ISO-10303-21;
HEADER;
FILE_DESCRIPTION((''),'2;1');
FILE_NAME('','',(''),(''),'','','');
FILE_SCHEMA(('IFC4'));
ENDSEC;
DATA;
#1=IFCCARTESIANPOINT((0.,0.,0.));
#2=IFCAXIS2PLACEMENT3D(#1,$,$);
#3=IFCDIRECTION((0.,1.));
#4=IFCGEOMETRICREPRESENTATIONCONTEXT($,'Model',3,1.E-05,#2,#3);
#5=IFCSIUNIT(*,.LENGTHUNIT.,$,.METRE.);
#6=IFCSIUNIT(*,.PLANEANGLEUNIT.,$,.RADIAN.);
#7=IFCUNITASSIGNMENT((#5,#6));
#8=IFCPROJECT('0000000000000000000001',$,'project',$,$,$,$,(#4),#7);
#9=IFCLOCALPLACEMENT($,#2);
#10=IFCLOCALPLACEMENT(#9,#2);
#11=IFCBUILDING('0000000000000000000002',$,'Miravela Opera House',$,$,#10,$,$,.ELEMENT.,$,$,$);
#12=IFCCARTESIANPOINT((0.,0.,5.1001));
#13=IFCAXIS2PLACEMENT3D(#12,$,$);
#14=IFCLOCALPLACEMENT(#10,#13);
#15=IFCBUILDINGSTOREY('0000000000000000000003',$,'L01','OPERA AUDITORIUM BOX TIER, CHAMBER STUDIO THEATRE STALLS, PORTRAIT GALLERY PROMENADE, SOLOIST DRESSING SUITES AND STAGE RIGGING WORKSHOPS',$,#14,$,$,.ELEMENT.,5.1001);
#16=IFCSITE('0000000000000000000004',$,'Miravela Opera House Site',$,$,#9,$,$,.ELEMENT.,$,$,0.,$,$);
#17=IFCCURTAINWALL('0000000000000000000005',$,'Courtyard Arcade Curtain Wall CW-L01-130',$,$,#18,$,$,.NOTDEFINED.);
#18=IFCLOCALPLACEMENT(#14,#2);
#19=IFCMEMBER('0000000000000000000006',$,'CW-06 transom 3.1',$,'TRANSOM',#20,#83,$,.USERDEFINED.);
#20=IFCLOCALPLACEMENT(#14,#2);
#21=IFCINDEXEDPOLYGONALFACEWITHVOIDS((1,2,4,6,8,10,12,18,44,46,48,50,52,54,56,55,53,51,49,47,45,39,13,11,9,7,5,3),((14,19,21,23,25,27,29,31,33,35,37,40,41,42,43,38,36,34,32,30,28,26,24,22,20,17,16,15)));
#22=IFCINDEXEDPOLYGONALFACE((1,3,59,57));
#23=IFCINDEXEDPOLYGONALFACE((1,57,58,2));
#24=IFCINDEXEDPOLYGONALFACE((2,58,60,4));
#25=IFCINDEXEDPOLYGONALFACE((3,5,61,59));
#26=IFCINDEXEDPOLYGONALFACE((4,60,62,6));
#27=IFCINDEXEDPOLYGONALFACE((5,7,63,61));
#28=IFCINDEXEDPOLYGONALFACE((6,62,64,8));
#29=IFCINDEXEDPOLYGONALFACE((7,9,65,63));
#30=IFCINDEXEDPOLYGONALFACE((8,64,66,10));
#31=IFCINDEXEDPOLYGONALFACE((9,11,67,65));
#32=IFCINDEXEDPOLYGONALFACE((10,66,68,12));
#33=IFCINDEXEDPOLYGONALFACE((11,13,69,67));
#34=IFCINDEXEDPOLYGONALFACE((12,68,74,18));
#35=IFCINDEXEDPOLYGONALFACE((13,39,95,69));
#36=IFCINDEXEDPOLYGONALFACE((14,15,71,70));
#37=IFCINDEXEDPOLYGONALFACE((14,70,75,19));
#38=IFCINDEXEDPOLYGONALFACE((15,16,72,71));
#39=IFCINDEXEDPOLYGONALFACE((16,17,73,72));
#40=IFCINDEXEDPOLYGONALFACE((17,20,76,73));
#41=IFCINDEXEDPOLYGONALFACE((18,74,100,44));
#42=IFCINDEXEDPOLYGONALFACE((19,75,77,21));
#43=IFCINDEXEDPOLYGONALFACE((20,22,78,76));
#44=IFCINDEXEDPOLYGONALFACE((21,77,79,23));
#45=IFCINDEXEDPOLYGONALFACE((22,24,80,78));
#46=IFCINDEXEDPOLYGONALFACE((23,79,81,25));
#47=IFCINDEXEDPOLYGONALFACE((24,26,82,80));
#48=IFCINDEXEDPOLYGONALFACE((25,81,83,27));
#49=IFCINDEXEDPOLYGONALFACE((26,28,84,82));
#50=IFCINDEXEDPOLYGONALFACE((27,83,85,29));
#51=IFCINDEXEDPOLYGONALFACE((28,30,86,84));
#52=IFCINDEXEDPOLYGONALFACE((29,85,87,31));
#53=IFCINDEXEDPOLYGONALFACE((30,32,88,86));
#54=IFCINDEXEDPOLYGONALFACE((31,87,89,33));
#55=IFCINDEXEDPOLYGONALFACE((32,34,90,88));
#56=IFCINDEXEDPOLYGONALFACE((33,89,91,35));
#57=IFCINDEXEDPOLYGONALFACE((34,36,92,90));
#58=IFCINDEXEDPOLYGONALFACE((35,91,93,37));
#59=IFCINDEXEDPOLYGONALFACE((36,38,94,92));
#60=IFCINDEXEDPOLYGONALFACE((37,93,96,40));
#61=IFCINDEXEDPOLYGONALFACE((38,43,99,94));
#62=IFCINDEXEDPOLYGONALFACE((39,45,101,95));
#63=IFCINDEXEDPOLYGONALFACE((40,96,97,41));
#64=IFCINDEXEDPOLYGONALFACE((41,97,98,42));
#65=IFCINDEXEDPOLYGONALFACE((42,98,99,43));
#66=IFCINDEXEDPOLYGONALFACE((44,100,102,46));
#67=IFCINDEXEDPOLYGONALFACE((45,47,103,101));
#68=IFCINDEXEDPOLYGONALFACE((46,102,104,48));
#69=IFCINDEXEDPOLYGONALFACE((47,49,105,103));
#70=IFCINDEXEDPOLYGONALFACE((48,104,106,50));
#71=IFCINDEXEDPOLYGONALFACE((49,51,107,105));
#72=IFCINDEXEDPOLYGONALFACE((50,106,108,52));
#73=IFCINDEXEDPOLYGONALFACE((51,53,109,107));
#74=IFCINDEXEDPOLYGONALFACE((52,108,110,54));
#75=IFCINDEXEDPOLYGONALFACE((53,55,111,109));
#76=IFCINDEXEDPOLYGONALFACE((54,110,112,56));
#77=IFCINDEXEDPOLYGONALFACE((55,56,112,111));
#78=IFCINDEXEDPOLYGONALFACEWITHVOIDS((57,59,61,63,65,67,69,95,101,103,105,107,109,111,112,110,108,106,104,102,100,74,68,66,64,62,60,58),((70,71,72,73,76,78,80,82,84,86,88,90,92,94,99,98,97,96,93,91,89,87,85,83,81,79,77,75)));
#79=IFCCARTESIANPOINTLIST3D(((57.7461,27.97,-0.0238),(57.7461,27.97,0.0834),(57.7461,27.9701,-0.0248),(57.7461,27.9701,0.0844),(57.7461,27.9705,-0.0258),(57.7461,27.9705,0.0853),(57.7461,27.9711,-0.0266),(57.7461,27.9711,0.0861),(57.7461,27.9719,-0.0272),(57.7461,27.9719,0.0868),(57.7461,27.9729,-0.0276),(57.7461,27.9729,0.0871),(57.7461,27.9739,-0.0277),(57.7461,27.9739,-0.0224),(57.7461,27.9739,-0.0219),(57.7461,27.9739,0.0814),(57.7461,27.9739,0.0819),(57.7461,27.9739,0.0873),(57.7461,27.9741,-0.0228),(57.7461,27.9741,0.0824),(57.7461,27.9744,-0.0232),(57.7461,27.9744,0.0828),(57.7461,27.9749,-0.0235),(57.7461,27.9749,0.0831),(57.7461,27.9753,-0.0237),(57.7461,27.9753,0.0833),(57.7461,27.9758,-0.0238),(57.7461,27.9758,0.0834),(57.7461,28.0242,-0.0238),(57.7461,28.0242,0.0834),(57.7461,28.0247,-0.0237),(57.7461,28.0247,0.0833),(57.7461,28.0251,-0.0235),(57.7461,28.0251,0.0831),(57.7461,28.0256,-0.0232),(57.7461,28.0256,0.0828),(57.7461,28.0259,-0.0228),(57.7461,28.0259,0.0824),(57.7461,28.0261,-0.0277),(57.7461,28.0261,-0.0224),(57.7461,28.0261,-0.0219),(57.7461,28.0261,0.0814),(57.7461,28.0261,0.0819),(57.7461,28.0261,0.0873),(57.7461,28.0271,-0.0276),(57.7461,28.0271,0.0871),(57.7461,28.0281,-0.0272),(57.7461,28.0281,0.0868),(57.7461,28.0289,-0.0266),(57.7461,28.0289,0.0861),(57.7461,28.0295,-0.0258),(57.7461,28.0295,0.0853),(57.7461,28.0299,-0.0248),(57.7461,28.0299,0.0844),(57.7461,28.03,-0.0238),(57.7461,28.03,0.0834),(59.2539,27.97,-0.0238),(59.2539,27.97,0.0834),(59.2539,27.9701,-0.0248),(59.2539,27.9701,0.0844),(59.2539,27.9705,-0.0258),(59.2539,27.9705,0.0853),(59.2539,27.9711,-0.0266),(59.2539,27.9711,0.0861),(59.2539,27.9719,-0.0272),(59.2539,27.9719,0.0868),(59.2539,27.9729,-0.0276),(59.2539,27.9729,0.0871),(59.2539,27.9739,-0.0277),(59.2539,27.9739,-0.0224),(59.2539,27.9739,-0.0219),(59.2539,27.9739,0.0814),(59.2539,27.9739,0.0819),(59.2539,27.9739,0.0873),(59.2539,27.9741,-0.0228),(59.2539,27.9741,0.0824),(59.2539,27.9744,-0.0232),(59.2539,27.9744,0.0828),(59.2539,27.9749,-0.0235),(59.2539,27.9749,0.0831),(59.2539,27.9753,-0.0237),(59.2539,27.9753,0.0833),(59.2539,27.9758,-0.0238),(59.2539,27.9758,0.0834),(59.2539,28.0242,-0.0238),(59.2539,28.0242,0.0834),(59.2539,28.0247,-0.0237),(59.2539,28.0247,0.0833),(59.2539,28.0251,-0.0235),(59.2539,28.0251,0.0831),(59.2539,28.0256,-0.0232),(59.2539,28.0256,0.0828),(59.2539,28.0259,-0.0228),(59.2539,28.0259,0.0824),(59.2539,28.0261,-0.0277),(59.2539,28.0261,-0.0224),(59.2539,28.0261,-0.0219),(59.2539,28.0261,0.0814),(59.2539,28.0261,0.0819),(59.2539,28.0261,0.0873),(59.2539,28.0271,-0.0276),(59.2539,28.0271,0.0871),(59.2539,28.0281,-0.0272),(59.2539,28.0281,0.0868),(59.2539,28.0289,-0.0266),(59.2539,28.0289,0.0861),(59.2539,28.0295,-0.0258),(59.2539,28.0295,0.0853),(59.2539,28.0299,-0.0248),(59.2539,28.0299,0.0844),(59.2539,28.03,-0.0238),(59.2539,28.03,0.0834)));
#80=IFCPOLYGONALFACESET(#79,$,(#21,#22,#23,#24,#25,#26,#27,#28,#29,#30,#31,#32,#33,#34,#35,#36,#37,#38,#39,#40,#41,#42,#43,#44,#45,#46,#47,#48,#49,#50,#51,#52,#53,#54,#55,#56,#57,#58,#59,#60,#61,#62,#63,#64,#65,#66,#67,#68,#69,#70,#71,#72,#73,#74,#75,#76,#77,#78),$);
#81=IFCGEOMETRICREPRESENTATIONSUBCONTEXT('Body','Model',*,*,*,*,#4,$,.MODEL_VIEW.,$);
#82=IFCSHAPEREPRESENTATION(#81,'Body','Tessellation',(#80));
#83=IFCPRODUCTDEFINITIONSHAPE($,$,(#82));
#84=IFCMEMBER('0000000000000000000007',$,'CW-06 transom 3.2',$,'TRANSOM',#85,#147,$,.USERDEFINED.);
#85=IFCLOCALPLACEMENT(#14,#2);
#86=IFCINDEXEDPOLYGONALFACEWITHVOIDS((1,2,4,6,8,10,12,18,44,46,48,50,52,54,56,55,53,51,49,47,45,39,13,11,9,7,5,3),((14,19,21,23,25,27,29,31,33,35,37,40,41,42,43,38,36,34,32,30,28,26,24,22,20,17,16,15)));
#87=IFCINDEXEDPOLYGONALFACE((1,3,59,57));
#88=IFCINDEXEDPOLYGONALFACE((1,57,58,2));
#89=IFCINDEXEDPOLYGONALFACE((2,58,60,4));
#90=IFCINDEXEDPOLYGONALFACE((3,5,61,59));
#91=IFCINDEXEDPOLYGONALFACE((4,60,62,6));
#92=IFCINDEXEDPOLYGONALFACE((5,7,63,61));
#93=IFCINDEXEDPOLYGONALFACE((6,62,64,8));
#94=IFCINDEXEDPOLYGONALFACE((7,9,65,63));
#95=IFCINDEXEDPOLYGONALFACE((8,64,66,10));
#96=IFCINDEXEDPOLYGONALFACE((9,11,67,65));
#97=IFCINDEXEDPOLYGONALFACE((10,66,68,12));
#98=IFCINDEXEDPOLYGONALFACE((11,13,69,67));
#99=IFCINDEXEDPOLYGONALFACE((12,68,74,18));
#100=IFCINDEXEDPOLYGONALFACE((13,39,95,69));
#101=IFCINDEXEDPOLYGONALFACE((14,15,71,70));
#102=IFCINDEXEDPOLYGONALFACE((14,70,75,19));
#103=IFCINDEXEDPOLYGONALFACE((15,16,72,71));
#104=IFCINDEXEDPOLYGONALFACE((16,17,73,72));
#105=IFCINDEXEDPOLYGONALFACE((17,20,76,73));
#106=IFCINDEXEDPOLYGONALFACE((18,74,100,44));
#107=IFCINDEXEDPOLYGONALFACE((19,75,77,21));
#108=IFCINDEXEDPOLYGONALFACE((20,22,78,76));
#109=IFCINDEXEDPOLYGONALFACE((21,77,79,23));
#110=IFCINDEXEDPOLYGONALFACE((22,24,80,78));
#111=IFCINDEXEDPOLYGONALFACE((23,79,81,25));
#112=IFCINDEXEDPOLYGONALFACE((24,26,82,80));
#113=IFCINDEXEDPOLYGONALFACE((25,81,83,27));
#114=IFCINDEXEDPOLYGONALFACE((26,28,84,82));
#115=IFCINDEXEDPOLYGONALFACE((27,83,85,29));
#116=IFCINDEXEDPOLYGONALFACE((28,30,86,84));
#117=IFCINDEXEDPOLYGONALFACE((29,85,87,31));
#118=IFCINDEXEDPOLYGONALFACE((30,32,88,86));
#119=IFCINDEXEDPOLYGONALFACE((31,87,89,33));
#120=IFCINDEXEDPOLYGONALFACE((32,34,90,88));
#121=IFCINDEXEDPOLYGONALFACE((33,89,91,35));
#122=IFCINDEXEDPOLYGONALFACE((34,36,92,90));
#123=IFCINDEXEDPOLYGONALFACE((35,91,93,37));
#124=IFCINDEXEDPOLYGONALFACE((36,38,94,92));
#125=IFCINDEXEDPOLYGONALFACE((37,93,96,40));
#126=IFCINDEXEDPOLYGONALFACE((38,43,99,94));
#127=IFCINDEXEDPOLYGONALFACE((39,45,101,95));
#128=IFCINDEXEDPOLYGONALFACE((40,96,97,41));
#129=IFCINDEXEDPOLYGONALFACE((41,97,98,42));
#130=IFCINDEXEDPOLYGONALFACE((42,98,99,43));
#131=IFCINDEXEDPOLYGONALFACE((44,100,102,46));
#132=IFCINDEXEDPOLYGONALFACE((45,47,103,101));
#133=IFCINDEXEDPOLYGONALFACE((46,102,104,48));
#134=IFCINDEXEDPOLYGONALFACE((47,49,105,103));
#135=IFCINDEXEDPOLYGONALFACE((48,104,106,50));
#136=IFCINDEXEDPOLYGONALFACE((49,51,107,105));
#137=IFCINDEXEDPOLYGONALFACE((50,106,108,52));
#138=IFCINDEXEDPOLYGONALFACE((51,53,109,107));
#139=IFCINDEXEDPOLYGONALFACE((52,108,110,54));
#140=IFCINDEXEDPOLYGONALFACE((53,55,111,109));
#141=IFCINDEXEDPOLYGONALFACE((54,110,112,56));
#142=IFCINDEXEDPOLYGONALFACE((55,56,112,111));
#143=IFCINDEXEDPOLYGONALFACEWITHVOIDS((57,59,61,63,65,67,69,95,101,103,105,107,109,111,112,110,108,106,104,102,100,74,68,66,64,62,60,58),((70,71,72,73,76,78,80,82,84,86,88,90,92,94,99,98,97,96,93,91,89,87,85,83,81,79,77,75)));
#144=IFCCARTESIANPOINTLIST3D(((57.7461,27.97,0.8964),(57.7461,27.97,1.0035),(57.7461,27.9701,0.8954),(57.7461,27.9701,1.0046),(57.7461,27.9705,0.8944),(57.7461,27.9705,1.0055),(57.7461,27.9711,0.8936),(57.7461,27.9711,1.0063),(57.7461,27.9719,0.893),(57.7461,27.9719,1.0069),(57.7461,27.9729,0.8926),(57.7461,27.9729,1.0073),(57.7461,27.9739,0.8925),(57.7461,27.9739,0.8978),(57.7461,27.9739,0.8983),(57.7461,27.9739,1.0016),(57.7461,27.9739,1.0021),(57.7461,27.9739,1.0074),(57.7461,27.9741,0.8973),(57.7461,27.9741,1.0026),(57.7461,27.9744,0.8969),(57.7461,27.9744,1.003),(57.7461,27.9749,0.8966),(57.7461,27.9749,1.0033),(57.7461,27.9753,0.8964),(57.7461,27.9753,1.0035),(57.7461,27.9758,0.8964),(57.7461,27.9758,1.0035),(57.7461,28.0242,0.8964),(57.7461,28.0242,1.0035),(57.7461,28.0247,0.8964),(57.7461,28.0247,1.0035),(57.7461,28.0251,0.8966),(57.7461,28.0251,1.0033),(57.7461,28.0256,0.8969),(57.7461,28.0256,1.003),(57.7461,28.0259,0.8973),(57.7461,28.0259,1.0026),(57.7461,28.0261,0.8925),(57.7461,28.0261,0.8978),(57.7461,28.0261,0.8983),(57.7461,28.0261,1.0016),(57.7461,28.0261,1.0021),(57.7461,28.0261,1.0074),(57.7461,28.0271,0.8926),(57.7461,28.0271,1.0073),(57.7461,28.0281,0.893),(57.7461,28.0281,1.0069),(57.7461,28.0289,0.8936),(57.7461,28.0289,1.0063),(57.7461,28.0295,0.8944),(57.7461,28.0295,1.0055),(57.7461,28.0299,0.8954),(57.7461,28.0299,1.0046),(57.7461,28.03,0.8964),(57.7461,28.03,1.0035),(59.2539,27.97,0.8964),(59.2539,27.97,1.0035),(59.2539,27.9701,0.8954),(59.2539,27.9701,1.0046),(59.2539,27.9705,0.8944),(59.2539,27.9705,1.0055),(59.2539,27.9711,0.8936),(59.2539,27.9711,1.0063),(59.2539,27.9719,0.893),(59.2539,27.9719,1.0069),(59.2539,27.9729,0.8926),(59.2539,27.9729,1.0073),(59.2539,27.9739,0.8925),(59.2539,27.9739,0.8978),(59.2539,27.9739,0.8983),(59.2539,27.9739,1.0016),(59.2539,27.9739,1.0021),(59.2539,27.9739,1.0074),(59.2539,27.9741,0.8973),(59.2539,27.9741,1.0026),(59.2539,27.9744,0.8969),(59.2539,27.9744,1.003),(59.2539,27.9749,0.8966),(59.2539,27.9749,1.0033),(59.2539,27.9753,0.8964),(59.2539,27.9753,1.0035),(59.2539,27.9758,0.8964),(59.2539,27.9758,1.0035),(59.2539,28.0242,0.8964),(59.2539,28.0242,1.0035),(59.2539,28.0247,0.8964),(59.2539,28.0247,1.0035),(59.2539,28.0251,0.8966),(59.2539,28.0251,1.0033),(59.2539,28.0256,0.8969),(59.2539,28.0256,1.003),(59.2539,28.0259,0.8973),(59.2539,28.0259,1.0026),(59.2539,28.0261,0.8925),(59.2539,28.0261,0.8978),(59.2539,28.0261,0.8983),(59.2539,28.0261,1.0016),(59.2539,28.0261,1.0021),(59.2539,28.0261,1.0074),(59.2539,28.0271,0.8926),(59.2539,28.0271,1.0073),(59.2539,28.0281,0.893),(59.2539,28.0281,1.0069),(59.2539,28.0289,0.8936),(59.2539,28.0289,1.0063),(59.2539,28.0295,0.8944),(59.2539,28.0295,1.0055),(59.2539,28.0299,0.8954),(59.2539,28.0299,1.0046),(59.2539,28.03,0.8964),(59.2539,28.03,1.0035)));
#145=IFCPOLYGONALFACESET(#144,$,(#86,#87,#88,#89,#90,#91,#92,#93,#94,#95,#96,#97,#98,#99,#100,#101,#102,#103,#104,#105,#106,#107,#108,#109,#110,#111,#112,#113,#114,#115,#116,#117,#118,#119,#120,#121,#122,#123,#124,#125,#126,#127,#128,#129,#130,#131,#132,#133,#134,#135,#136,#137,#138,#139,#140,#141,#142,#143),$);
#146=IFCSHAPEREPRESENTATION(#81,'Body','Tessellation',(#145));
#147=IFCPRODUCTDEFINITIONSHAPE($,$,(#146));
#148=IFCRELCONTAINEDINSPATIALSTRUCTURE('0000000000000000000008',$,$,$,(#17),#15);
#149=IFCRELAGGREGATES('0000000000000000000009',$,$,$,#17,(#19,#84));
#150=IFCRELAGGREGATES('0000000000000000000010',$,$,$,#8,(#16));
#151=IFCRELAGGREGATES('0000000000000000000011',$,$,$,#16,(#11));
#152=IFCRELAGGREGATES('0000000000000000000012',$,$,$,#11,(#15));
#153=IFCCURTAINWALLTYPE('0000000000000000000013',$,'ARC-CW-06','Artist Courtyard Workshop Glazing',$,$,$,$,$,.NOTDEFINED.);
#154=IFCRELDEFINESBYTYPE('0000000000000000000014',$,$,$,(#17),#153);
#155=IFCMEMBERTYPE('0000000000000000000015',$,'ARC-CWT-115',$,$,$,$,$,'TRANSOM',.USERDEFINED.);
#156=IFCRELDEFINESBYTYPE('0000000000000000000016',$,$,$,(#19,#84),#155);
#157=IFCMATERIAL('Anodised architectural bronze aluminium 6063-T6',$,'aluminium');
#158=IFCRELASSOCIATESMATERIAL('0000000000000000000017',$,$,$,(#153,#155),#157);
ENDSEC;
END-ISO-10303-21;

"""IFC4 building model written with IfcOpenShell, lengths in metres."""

from ifc_helpers import new_model, si_unit, direction, frame, origin, origin_2d, place, context, subcontext, project, spatial, hollow_rectangle, extrude, material, material_profile, profile_set, type_object, element, aggregate, save


model = new_model("IFC4")

# Units and contexts
model_context = context("Model", 3, precision=1e-05, world=origin(), true_north=direction((0.0, 1.0)))
body_context = subcontext(model_context, "Body", "Model", "MODEL_VIEW")
ifc_project = project(units=[si_unit("LENGTHUNIT", "METRE"), si_unit("PLANEANGLEUNIT", "RADIAN")], contexts=[model_context])

# Site, building, storey
site_placement = place(None, origin())
site = spatial("IfcSite", under=ifc_project, at=site_placement, Name="Miravela Opera House Site", CompositionType="ELEMENT", RefElevation=0.0)
building_placement = place(site_placement, origin())
building = spatial("IfcBuilding", under=site, at=building_placement, Name="Miravela Opera House", CompositionType="ELEMENT")
storey_placement = place(building_placement, frame((0.0, 0.0, 5.1001)))
storey = spatial("IfcBuildingStorey", under=building, at=storey_placement, Name="L01", Description="OPERA AUDITORIUM BOX TIER, CHAMBER STUDIO THEATRE STALLS, PORTRAIT GALLERY PROMENADE, SOLOIST DRESSING SUITES AND STAGE RIGGING WORKSHOPS", CompositionType="ELEMENT", Elevation=5.1001)

# Curtain wall, members
ifc_material_1 = material(Name="Anodised architectural bronze aluminium 6063-T6", Category="aluminium")
curtain_wall_type = type_object("IfcCurtainWallType", Name="ARC-CW-06", Description="Artist Courtyard Workshop Glazing", PredefinedType="NOTDEFINED", material=ifc_material_1)
curtain_wall_placement = place(storey_placement, origin())
curtain_wall = element("IfcCurtainWall", 1, at=curtain_wall_placement, inside=storey, type_object=curtain_wall_type, Name="Courtyard Arcade Curtain Wall CW-L01-130", PredefinedType="NOTDEFINED")
ifc_material_profile_1 = material_profile(ifc_material_1, hollow_rectangle(XDim=0.0601, YDim=0.115, WallThickness=0.0039, InnerFilletRadius=0.002, OuterFilletRadius=0.0039, at=origin_2d()), Name="CWT-60X115")
ifc_profile_set_1 = profile_set([ifc_material_profile_1])
member_type_1 = type_object("IfcMemberType", Name="ARC-CWT-115", ElementType="TRANSOM", PredefinedType="USERDEFINED", material=ifc_profile_set_1)
member_1_placement = place(storey_placement, frame((57.7461, 28.0, 0.0298), z_axis=(1.0, 0.0, 0.0), x_axis=(0.0, 1.0, 0.0)))
member_1 = element("IfcMember", 2, at=member_1_placement, type_object=member_type_1, Name="CW-06 transom 3.1", ObjectType="TRANSOM", PredefinedType="USERDEFINED", context=body_context, shape_type="SweptSolid", body=[
    extrude(hollow_rectangle(XDim=0.0601, YDim=0.115, WallThickness=0.0039, InnerFilletRadius=0.002, OuterFilletRadius=0.0039, at=origin_2d()), origin(), (0.0, 0.0, 1.0), 1.5078),
])
member_2_placement = place(storey_placement, frame((57.7461, 28.0, 0.95), z_axis=(1.0, 0.0, 0.0), x_axis=(0.0, 1.0, 0.0)))
member_2 = element("IfcMember", 3, at=member_2_placement, type_object=member_type_1, Name="CW-06 transom 3.2", ObjectType="TRANSOM", PredefinedType="USERDEFINED", context=body_context, shape_type="SweptSolid", body=[
    extrude(hollow_rectangle(XDim=0.0601, YDim=0.115, WallThickness=0.0039, InnerFilletRadius=0.002, OuterFilletRadius=0.0039, at=origin_2d()), origin(), (0.0, 0.0, 1.0), 1.5078),
])

aggregate(curtain_wall, [member_1, member_2])

save(model, "model.ifc")
